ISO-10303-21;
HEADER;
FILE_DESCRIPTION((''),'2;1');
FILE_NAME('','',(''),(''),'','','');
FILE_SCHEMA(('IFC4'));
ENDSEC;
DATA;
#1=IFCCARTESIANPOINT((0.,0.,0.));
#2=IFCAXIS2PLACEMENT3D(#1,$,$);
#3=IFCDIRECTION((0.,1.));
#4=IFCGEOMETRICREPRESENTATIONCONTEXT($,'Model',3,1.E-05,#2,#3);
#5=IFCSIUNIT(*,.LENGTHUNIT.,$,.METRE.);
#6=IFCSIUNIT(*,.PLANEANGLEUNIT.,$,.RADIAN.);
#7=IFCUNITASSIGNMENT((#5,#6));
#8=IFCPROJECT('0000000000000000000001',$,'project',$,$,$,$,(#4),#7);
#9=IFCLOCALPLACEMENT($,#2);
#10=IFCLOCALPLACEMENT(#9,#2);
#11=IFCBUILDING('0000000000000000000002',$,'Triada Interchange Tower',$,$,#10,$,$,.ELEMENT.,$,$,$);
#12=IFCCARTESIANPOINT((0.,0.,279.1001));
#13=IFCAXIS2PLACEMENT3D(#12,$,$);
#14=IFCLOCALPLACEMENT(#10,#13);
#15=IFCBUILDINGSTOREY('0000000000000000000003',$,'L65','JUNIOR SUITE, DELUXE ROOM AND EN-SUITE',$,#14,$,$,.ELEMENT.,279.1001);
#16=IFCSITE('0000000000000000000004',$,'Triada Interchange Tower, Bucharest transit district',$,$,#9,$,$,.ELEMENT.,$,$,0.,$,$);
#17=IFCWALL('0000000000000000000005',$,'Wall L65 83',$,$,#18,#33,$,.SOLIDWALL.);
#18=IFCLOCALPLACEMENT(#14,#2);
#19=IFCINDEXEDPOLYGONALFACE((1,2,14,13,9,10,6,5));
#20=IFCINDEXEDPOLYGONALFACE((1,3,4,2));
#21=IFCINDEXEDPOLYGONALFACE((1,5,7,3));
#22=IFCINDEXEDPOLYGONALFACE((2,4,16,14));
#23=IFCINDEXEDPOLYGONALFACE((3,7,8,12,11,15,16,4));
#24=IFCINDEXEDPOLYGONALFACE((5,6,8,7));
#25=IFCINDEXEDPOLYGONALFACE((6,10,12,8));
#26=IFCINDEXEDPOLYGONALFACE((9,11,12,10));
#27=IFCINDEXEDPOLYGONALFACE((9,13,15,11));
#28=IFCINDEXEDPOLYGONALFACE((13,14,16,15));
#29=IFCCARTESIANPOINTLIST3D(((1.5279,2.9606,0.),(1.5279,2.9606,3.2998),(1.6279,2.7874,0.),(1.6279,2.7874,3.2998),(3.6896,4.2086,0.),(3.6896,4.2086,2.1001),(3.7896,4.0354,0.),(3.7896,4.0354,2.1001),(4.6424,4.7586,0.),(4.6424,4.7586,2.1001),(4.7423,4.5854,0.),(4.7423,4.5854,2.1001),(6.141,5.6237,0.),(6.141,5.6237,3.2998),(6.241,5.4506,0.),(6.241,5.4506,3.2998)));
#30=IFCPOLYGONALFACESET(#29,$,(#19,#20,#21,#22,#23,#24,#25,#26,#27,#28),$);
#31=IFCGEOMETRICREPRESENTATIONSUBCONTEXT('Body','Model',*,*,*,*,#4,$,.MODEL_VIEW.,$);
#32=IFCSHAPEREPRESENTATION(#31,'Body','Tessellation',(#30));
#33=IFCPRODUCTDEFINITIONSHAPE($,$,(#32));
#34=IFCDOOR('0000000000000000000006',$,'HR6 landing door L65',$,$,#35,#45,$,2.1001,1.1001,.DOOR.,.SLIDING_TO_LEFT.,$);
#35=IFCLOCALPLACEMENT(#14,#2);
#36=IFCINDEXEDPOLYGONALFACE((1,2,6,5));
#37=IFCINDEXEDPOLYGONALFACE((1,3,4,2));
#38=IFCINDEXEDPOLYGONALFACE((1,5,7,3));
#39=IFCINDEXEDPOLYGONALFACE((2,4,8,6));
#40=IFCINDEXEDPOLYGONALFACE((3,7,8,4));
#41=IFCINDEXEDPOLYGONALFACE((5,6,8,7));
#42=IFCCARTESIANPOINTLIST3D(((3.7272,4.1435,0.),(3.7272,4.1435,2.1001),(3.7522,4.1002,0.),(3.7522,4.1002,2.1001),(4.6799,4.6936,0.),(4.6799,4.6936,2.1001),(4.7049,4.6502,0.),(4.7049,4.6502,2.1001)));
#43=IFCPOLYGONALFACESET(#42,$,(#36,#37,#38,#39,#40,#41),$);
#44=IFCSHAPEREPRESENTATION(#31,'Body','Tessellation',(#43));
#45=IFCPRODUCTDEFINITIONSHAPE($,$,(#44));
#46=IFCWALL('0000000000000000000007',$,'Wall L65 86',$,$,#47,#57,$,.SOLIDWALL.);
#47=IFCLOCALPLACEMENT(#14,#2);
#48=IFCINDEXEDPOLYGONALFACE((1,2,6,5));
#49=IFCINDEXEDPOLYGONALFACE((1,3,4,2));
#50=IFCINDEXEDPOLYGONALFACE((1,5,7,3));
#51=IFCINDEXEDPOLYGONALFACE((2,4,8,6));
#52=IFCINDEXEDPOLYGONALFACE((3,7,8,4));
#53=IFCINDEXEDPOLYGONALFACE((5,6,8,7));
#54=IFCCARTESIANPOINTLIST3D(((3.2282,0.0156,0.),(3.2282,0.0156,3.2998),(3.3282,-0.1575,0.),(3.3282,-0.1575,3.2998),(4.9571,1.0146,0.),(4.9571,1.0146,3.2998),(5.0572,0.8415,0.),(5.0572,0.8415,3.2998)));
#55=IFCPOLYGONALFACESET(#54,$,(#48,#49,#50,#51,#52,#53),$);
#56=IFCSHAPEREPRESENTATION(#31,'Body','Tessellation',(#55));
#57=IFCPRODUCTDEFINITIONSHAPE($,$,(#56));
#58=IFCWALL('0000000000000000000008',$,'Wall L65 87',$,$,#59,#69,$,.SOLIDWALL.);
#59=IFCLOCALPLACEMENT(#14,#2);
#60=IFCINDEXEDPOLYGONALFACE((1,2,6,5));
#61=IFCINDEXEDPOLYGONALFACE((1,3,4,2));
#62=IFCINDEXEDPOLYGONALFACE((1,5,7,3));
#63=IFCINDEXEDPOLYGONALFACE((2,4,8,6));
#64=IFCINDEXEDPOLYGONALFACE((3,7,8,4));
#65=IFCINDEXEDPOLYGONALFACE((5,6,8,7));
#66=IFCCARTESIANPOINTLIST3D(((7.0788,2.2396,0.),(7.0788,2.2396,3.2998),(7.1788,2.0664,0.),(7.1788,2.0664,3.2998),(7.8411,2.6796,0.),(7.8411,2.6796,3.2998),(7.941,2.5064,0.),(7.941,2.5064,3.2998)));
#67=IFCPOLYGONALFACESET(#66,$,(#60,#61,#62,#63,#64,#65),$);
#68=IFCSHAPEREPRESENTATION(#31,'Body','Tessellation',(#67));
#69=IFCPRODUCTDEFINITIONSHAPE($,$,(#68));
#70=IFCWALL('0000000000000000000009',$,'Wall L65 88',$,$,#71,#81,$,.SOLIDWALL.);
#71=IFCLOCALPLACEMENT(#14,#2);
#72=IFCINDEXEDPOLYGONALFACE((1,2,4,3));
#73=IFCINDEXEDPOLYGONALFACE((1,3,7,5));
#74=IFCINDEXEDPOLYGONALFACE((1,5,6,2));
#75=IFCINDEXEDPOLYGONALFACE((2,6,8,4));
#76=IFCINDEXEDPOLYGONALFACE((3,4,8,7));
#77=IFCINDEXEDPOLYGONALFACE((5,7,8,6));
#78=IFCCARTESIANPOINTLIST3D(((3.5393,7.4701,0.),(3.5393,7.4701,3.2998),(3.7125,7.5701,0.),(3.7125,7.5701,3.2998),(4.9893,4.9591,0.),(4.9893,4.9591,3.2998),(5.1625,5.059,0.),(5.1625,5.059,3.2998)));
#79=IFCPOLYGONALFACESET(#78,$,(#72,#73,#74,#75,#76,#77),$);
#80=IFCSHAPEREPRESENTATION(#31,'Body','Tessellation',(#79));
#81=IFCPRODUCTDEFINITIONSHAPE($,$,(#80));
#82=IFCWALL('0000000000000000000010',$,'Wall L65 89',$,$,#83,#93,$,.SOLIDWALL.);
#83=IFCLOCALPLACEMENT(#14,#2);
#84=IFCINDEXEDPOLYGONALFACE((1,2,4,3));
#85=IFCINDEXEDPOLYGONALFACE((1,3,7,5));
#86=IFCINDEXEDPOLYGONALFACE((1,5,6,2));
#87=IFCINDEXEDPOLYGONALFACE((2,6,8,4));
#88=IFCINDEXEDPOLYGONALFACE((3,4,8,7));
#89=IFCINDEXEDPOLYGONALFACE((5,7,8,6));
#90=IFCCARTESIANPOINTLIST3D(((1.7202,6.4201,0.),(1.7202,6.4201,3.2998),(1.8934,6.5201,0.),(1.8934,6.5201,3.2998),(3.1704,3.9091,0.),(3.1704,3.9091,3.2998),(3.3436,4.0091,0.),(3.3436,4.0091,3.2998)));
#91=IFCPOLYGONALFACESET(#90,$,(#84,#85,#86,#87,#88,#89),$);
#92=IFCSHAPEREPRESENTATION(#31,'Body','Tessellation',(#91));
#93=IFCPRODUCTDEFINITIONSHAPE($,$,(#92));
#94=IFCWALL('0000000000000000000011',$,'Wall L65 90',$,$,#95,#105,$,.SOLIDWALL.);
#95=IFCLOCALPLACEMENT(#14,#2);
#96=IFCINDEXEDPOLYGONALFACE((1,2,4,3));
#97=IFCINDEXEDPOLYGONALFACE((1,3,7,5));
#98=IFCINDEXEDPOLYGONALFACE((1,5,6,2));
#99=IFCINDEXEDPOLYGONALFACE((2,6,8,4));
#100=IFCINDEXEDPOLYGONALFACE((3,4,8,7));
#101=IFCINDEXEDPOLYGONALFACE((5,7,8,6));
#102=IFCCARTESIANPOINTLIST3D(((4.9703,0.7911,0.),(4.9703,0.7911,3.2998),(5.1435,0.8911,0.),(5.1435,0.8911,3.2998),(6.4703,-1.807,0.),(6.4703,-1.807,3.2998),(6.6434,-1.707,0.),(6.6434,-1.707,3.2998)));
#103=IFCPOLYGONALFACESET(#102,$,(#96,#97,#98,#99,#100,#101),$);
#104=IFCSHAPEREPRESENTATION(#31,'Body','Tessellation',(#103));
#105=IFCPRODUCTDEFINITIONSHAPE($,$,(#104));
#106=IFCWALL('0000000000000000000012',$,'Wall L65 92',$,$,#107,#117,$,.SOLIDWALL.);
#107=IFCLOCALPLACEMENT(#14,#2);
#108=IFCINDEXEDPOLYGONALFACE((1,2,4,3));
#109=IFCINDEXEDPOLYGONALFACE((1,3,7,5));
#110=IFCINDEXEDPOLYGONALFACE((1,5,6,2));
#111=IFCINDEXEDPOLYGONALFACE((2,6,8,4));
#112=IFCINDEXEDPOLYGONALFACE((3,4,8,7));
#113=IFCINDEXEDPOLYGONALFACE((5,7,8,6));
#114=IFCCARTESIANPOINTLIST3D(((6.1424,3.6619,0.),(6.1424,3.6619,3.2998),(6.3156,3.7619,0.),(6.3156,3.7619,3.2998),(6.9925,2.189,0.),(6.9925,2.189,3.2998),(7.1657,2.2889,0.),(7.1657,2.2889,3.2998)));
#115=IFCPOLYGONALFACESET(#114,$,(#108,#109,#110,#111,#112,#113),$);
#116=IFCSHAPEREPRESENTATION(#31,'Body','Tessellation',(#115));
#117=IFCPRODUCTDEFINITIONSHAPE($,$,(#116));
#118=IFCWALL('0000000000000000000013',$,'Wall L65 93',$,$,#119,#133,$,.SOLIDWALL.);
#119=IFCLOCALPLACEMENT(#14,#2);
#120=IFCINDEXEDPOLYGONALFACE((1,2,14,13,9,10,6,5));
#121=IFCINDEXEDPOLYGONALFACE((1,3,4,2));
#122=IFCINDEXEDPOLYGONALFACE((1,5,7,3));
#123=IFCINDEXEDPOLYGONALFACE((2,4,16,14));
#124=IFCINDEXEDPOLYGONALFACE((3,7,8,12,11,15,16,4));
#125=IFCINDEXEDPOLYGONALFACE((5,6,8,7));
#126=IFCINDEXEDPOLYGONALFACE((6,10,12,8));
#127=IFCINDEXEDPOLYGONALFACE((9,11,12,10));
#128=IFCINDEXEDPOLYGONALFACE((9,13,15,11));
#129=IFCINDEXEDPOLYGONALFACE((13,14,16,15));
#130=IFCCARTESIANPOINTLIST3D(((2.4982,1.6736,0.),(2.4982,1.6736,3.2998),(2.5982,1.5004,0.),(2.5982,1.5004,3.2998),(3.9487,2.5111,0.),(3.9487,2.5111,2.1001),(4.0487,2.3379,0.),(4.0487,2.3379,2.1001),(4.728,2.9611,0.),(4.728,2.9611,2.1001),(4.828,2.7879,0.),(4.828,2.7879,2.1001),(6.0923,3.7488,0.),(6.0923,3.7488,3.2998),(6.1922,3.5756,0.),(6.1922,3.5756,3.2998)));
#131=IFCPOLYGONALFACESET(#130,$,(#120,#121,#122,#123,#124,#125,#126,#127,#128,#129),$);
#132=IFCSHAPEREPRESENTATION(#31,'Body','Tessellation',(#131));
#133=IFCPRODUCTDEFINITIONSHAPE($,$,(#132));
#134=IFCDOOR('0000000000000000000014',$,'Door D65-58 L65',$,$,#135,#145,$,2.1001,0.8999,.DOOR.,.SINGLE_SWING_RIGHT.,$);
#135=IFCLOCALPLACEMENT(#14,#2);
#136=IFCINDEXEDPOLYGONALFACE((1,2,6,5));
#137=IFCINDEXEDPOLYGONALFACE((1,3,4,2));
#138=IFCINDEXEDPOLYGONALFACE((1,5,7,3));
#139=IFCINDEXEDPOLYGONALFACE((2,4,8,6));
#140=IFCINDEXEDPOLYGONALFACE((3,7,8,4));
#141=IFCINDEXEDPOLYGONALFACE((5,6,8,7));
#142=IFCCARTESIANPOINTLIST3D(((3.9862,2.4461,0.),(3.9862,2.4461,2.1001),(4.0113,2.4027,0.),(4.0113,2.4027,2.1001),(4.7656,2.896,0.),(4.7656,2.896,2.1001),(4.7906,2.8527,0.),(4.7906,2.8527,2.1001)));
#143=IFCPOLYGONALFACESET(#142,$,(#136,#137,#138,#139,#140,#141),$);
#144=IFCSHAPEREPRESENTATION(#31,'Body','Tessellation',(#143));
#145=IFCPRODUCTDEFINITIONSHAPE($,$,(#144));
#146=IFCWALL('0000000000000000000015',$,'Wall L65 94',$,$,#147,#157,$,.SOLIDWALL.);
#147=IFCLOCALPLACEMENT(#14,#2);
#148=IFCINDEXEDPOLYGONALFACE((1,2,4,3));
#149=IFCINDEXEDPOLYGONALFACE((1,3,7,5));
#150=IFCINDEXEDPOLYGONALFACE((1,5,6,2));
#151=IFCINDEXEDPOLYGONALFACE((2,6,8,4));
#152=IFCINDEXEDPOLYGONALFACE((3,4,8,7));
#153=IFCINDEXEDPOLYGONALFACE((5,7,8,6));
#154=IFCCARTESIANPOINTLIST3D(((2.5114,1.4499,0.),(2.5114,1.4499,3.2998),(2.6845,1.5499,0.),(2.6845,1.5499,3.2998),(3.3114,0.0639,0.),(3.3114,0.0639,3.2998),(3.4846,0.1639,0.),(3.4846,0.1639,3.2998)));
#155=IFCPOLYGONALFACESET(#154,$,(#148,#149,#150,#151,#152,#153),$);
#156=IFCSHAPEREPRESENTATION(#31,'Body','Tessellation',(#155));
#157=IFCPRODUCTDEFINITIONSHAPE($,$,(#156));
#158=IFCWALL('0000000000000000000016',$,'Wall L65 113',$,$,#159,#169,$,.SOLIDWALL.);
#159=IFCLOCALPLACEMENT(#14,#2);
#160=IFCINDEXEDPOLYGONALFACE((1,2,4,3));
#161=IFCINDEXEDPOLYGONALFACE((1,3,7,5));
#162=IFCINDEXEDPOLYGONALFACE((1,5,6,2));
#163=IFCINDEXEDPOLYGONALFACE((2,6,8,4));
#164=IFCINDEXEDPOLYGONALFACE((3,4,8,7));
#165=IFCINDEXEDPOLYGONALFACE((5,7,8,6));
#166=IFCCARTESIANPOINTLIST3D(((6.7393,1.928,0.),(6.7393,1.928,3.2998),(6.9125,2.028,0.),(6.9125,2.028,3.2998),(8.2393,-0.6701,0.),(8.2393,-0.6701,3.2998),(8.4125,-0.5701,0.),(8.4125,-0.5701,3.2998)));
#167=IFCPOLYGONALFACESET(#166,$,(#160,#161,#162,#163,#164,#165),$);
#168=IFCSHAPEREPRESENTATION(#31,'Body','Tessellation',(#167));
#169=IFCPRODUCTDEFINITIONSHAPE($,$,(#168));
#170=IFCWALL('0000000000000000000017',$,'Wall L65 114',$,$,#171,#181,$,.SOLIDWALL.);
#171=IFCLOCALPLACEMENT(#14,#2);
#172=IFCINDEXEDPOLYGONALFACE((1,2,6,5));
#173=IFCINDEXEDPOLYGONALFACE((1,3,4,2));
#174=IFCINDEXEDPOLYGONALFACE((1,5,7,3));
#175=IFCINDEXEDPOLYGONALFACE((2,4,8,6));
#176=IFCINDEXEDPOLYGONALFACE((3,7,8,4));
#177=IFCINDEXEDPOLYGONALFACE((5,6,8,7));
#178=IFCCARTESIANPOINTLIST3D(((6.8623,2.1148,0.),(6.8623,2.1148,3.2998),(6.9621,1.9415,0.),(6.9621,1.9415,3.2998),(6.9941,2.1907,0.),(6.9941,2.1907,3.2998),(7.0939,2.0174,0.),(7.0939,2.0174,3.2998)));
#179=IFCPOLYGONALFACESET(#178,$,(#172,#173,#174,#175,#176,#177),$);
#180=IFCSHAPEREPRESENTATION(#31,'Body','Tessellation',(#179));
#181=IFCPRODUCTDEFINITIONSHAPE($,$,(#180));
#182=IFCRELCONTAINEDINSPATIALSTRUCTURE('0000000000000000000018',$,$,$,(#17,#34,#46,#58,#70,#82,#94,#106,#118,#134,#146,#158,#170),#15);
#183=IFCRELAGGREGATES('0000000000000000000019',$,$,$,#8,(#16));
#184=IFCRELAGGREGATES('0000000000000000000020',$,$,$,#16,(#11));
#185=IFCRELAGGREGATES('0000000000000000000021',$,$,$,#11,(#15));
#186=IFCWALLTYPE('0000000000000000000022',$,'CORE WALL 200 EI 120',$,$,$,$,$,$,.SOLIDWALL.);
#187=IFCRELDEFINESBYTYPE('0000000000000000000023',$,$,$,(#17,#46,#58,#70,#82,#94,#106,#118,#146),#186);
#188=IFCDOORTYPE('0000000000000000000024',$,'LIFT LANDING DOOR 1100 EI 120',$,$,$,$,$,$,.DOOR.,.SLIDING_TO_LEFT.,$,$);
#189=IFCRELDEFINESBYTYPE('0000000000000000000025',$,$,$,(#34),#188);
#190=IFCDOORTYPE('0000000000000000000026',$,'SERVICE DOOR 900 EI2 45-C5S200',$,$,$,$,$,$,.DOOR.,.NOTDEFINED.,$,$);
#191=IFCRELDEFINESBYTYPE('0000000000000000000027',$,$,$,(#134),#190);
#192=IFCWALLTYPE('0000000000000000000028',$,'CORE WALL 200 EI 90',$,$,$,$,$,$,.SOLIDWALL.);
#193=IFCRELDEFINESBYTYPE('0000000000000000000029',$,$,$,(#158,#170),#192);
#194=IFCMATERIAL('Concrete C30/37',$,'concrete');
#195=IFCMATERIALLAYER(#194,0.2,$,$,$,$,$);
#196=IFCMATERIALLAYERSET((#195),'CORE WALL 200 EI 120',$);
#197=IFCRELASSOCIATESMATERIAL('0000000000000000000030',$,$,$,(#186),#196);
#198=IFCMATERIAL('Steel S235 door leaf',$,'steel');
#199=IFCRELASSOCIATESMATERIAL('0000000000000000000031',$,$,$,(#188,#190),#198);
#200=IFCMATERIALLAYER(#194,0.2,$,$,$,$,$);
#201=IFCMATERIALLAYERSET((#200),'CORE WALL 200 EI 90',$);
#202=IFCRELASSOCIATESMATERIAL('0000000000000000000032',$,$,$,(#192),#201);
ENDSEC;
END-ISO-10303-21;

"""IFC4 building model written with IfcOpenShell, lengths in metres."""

from ifc_helpers import new_model, si_unit, direction, frame, frame_2d, origin, place, context, subcontext, project, spatial, rectangle, extrude, material, layer, layer_set, type_object, element, fill, save


model = new_model("IFC4")

# Units and contexts
model_context = context("Model", 3, precision=1e-05, world=origin(), true_north=direction((0.0, 1.0)))
body_context = subcontext(model_context, "Body", "Model", "MODEL_VIEW")
ifc_project = project(units=[si_unit("LENGTHUNIT", "METRE"), si_unit("PLANEANGLEUNIT", "RADIAN")], contexts=[model_context])

# Site, building, storey
site_placement = place(None, origin())
site = spatial("IfcSite", under=ifc_project, at=site_placement, Name="Triada Interchange Tower, Bucharest transit district", CompositionType="ELEMENT", RefElevation=0.0)
building_placement = place(site_placement, origin())
building = spatial("IfcBuilding", under=site, at=building_placement, Name="Triada Interchange Tower", CompositionType="ELEMENT")
storey_placement = place(building_placement, frame((0.0, 0.0, 279.1001)))
storey = spatial("IfcBuildingStorey", under=building, at=storey_placement, Name="L65", Description="JUNIOR SUITE, DELUXE ROOM AND EN-SUITE", CompositionType="ELEMENT", Elevation=279.1001)

# Shared definitions
ifc_material_1 = material(Name="Concrete C30/37", Category="concrete")
ifc_layer_1 = layer(ifc_material_1, 0.2)
ifc_layer_set_1 = layer_set([ifc_layer_1], Name="CORE WALL 200 EI 120")
wall_type_1 = type_object("IfcWallType", Name="CORE WALL 200 EI 120", PredefinedType="SOLIDWALL", material=ifc_layer_set_1)
ifc_material_2 = material(Name="Steel S235 door leaf", Category="steel")
door_type_1 = type_object("IfcDoorType", Name="LIFT LANDING DOOR 1100 EI 120", OperationType="SLIDING_TO_LEFT", PredefinedType="DOOR", material=ifc_material_2)

# Wall, opening, door
wall_1_placement = place(storey_placement, frame((1.5779, 2.874, 0.0), z_axis=(0.0, 0.0, 1.0), x_axis=(0.866046, 0.499964, 0.0)))
wall_1 = element("IfcWall", 1, at=wall_1_placement, inside=storey, type_object=wall_type_1, Name="Wall L65 83", PredefinedType="SOLIDWALL", context=body_context, shape_type="SweptSolid", body=[
    extrude(rectangle(XDim=5.3267, YDim=0.2, at=frame_2d((2.6633, 0.0))), origin(), (0.0, 0.0, 1.0), 3.2998),
])
opening_1_placement = place(wall_1_placement, frame((2.4961, 0.0, 0.0)))
opening_1 = element("IfcOpeningElement", 2, at=opening_1_placement, cuts=wall_1, PredefinedType="OPENING", context=body_context, shape_type="SweptSolid", body=[
    extrude(rectangle(XDim=1.1001, YDim=2.1001, at=frame_2d((0.55, 1.05))), frame((0.0, 0.1099, 0.0), z_axis=(0.0, -1.0, 0.0), x_axis=(1.0, 0.0, 0.0)), (0.0, 0.0, 1.0), 0.22),
])
door_1_placement = place(opening_1_placement, origin())
door_1 = element("IfcDoor", 3, at=door_1_placement, inside=storey, type_object=door_type_1, Name="HR6 landing door L65", OperationType="SLIDING_TO_LEFT", OverallHeight=2.1001, OverallWidth=1.1001, PredefinedType="DOOR", context=body_context, shape_type="SweptSolid", body=[
    extrude(rectangle(XDim=1.1001, YDim=2.1001, at=frame_2d((0.55, 1.05))), frame((0.0, 0.0249, 0.0), z_axis=(0.0, -1.0, 0.0), x_axis=(1.0, 0.0, 0.0)), (0.0, 0.0, 1.0), 0.05),
])
fill(opening_1, door_1)

# Walls
wall_2_placement = place(storey_placement, frame((3.2781, -0.071, 0.0), z_axis=(0.0, 0.0, 1.0), x_axis=(0.865856, 0.500294, 0.0)))
element("IfcWall", 4, at=wall_2_placement, inside=storey, type_object=wall_type_1, Name="Wall L65 86", PredefinedType="SOLIDWALL", context=body_context, shape_type="SweptSolid", body=[
    extrude(rectangle(XDim=1.9968, YDim=0.2, at=frame_2d((0.9985, 0.0))), origin(), (0.0, 0.0, 1.0), 3.2998),
])
wall_3_placement = place(storey_placement, frame((7.1289, 2.1531, 0.0), z_axis=(0.0, 0.0, 1.0), x_axis=(0.866084, 0.499899, 0.0)))
element("IfcWall", 5, at=wall_3_placement, inside=storey, type_object=wall_type_1, Name="Wall L65 87", PredefinedType="SOLIDWALL", context=body_context, shape_type="SweptSolid", body=[
    extrude(rectangle(XDim=0.8801, YDim=0.2, at=frame_2d((0.4399, 0.0))), origin(), (0.0, 0.0, 1.0), 3.2998),
])
for number, where, z_axis, x_axis, name in (
    (6, (3.626, 7.52, 0.0), (0.0, 0.0, 1.0), (0.50006, -0.865991, 0.0), "Wall L65 88"),
    (7, (1.8069, 6.47, 0.0), (0.0, 0.0, 1.0), (0.500123, -0.865954, 0.0), "Wall L65 89"),
):
    element("IfcWall", number, at=place(storey_placement, frame(where, z_axis=z_axis, x_axis=x_axis)), inside=storey, type_object=wall_type_1, Name=name, PredefinedType="SOLIDWALL", context=body_context, shape_type="SweptSolid", body=[
        extrude(rectangle(XDim=2.8997, YDim=0.2, at=frame_2d((1.4497, 0.0))), origin(), (0.0, 0.0, 1.0), 3.2998),
    ])
wall_4_placement = place(storey_placement, frame((5.0569, 0.8411, 0.0), z_axis=(0.0, 0.0, 1.0), x_axis=(0.49999, -0.866031, 0.0)))
element("IfcWall", 8, at=wall_4_placement, inside=storey, type_object=wall_type_1, Name="Wall L65 90", PredefinedType="SOLIDWALL", context=body_context, shape_type="SweptSolid", body=[
    extrude(rectangle(XDim=3.0, YDim=0.2, at=frame_2d((1.5, 0.0))), origin(), (0.0, 0.0, 1.0), 3.2998),
])
wall_5_placement = place(storey_placement, frame((6.229, 3.7119, 0.0), z_axis=(0.0, 0.0, 1.0), x_axis=(0.499876, -0.866097, 0.0)))
element("IfcWall", 9, at=wall_5_placement, inside=storey, type_object=wall_type_1, Name="Wall L65 92", PredefinedType="SOLIDWALL", context=body_context, shape_type="SweptSolid", body=[
    extrude(rectangle(XDim=1.7007, YDim=0.2, at=frame_2d((0.8503, 0.0))), origin(), (0.0, 0.0, 1.0), 3.2998),
])

# Wall, opening, door
wall_6_placement = place(storey_placement, frame((2.5481, 1.5869, 0.0), z_axis=(0.0, 0.0, 1.0), x_axis=(0.866004, 0.500036, 0.0)))
wall_6 = element("IfcWall", 10, at=wall_6_placement, inside=storey, type_object=wall_type_1, Name="Wall L65 93", PredefinedType="SOLIDWALL", context=body_context, shape_type="SweptSolid", body=[
    extrude(rectangle(XDim=4.1501, YDim=0.2, at=frame_2d((2.0752, 0.0))), origin(), (0.0, 0.0, 1.0), 3.2998),
])
opening_2_placement = place(wall_6_placement, frame((1.675, 0.0, 0.0)))
opening_2 = element("IfcOpeningElement", 11, at=opening_2_placement, cuts=wall_6, PredefinedType="OPENING", context=body_context, shape_type="SweptSolid", body=[
    extrude(rectangle(XDim=0.8999, YDim=2.1001, at=frame_2d((0.45, 1.05))), frame((0.0, 0.1099, 0.0), z_axis=(0.0, -1.0, 0.0), x_axis=(1.0, 0.0, 0.0)), (0.0, 0.0, 1.0), 0.22),
])
door_type_2 = type_object("IfcDoorType", Name="SERVICE DOOR 900 EI2 45-C5S200", OperationType="NOTDEFINED", PredefinedType="DOOR", material=ifc_material_2)
door_2_placement = place(opening_2_placement, origin())
door_2 = element("IfcDoor", 12, at=door_2_placement, inside=storey, type_object=door_type_2, Name="Door D65-58 L65", OperationType="SINGLE_SWING_RIGHT", OverallHeight=2.1001, OverallWidth=0.8999, PredefinedType="DOOR", context=body_context, shape_type="SweptSolid", body=[
    extrude(rectangle(XDim=0.8999, YDim=2.1001, at=frame_2d((0.45, 1.05))), frame((0.0, 0.0249, 0.0), z_axis=(0.0, -1.0, 0.0), x_axis=(1.0, 0.0, 0.0)), (0.0, 0.0, 1.0), 0.05),
])
fill(opening_2, door_2)

# Walls
wall_7_placement = place(storey_placement, frame((2.5979, 1.5, 0.0), z_axis=(0.0, 0.0, 1.0), x_axis=(0.499929, -0.866066, 0.0)))
element("IfcWall", 13, at=wall_7_placement, inside=storey, type_object=wall_type_1, Name="Wall L65 94", PredefinedType="SOLIDWALL", context=body_context, shape_type="SweptSolid", body=[
    extrude(rectangle(XDim=1.6003, YDim=0.2, at=frame_2d((0.8003, 0.0))), origin(), (0.0, 0.0, 1.0), 3.2998),
])
ifc_layer_2 = layer(ifc_material_1, 0.2)
ifc_layer_set_2 = layer_set([ifc_layer_2], Name="CORE WALL 200 EI 90")
wall_type_2 = type_object("IfcWallType", Name="CORE WALL 200 EI 90", PredefinedType="SOLIDWALL", material=ifc_layer_set_2)
wall_8_placement = place(storey_placement, frame((6.8259, 1.978, 0.0), z_axis=(0.0, 0.0, 1.0), x_axis=(0.49999, -0.866031, 0.0)))
element("IfcWall", 14, at=wall_8_placement, inside=storey, type_object=wall_type_2, Name="Wall L65 113", PredefinedType="SOLIDWALL", context=body_context, shape_type="SweptSolid", body=[
    extrude(rectangle(XDim=3.0, YDim=0.2, at=frame_2d((1.5, 0.0))), origin(), (0.0, 0.0, 1.0), 3.2998),
])
wall_9_placement = place(storey_placement, frame((6.9121, 2.0281, 0.0), z_axis=(0.0, 0.0, 1.0), x_axis=(0.866559, 0.499074, 0.0)))
element("IfcWall", 15, at=wall_9_placement, inside=storey, type_object=wall_type_2, Name="Wall L65 114", PredefinedType="SOLIDWALL", context=body_context, shape_type="SweptSolid", body=[
    extrude(rectangle(XDim=0.1521, YDim=0.2, at=frame_2d((0.0762, 0.0))), origin(), (0.0, 0.0, 1.0), 3.2998),
])

save(model, "model.ifc")
